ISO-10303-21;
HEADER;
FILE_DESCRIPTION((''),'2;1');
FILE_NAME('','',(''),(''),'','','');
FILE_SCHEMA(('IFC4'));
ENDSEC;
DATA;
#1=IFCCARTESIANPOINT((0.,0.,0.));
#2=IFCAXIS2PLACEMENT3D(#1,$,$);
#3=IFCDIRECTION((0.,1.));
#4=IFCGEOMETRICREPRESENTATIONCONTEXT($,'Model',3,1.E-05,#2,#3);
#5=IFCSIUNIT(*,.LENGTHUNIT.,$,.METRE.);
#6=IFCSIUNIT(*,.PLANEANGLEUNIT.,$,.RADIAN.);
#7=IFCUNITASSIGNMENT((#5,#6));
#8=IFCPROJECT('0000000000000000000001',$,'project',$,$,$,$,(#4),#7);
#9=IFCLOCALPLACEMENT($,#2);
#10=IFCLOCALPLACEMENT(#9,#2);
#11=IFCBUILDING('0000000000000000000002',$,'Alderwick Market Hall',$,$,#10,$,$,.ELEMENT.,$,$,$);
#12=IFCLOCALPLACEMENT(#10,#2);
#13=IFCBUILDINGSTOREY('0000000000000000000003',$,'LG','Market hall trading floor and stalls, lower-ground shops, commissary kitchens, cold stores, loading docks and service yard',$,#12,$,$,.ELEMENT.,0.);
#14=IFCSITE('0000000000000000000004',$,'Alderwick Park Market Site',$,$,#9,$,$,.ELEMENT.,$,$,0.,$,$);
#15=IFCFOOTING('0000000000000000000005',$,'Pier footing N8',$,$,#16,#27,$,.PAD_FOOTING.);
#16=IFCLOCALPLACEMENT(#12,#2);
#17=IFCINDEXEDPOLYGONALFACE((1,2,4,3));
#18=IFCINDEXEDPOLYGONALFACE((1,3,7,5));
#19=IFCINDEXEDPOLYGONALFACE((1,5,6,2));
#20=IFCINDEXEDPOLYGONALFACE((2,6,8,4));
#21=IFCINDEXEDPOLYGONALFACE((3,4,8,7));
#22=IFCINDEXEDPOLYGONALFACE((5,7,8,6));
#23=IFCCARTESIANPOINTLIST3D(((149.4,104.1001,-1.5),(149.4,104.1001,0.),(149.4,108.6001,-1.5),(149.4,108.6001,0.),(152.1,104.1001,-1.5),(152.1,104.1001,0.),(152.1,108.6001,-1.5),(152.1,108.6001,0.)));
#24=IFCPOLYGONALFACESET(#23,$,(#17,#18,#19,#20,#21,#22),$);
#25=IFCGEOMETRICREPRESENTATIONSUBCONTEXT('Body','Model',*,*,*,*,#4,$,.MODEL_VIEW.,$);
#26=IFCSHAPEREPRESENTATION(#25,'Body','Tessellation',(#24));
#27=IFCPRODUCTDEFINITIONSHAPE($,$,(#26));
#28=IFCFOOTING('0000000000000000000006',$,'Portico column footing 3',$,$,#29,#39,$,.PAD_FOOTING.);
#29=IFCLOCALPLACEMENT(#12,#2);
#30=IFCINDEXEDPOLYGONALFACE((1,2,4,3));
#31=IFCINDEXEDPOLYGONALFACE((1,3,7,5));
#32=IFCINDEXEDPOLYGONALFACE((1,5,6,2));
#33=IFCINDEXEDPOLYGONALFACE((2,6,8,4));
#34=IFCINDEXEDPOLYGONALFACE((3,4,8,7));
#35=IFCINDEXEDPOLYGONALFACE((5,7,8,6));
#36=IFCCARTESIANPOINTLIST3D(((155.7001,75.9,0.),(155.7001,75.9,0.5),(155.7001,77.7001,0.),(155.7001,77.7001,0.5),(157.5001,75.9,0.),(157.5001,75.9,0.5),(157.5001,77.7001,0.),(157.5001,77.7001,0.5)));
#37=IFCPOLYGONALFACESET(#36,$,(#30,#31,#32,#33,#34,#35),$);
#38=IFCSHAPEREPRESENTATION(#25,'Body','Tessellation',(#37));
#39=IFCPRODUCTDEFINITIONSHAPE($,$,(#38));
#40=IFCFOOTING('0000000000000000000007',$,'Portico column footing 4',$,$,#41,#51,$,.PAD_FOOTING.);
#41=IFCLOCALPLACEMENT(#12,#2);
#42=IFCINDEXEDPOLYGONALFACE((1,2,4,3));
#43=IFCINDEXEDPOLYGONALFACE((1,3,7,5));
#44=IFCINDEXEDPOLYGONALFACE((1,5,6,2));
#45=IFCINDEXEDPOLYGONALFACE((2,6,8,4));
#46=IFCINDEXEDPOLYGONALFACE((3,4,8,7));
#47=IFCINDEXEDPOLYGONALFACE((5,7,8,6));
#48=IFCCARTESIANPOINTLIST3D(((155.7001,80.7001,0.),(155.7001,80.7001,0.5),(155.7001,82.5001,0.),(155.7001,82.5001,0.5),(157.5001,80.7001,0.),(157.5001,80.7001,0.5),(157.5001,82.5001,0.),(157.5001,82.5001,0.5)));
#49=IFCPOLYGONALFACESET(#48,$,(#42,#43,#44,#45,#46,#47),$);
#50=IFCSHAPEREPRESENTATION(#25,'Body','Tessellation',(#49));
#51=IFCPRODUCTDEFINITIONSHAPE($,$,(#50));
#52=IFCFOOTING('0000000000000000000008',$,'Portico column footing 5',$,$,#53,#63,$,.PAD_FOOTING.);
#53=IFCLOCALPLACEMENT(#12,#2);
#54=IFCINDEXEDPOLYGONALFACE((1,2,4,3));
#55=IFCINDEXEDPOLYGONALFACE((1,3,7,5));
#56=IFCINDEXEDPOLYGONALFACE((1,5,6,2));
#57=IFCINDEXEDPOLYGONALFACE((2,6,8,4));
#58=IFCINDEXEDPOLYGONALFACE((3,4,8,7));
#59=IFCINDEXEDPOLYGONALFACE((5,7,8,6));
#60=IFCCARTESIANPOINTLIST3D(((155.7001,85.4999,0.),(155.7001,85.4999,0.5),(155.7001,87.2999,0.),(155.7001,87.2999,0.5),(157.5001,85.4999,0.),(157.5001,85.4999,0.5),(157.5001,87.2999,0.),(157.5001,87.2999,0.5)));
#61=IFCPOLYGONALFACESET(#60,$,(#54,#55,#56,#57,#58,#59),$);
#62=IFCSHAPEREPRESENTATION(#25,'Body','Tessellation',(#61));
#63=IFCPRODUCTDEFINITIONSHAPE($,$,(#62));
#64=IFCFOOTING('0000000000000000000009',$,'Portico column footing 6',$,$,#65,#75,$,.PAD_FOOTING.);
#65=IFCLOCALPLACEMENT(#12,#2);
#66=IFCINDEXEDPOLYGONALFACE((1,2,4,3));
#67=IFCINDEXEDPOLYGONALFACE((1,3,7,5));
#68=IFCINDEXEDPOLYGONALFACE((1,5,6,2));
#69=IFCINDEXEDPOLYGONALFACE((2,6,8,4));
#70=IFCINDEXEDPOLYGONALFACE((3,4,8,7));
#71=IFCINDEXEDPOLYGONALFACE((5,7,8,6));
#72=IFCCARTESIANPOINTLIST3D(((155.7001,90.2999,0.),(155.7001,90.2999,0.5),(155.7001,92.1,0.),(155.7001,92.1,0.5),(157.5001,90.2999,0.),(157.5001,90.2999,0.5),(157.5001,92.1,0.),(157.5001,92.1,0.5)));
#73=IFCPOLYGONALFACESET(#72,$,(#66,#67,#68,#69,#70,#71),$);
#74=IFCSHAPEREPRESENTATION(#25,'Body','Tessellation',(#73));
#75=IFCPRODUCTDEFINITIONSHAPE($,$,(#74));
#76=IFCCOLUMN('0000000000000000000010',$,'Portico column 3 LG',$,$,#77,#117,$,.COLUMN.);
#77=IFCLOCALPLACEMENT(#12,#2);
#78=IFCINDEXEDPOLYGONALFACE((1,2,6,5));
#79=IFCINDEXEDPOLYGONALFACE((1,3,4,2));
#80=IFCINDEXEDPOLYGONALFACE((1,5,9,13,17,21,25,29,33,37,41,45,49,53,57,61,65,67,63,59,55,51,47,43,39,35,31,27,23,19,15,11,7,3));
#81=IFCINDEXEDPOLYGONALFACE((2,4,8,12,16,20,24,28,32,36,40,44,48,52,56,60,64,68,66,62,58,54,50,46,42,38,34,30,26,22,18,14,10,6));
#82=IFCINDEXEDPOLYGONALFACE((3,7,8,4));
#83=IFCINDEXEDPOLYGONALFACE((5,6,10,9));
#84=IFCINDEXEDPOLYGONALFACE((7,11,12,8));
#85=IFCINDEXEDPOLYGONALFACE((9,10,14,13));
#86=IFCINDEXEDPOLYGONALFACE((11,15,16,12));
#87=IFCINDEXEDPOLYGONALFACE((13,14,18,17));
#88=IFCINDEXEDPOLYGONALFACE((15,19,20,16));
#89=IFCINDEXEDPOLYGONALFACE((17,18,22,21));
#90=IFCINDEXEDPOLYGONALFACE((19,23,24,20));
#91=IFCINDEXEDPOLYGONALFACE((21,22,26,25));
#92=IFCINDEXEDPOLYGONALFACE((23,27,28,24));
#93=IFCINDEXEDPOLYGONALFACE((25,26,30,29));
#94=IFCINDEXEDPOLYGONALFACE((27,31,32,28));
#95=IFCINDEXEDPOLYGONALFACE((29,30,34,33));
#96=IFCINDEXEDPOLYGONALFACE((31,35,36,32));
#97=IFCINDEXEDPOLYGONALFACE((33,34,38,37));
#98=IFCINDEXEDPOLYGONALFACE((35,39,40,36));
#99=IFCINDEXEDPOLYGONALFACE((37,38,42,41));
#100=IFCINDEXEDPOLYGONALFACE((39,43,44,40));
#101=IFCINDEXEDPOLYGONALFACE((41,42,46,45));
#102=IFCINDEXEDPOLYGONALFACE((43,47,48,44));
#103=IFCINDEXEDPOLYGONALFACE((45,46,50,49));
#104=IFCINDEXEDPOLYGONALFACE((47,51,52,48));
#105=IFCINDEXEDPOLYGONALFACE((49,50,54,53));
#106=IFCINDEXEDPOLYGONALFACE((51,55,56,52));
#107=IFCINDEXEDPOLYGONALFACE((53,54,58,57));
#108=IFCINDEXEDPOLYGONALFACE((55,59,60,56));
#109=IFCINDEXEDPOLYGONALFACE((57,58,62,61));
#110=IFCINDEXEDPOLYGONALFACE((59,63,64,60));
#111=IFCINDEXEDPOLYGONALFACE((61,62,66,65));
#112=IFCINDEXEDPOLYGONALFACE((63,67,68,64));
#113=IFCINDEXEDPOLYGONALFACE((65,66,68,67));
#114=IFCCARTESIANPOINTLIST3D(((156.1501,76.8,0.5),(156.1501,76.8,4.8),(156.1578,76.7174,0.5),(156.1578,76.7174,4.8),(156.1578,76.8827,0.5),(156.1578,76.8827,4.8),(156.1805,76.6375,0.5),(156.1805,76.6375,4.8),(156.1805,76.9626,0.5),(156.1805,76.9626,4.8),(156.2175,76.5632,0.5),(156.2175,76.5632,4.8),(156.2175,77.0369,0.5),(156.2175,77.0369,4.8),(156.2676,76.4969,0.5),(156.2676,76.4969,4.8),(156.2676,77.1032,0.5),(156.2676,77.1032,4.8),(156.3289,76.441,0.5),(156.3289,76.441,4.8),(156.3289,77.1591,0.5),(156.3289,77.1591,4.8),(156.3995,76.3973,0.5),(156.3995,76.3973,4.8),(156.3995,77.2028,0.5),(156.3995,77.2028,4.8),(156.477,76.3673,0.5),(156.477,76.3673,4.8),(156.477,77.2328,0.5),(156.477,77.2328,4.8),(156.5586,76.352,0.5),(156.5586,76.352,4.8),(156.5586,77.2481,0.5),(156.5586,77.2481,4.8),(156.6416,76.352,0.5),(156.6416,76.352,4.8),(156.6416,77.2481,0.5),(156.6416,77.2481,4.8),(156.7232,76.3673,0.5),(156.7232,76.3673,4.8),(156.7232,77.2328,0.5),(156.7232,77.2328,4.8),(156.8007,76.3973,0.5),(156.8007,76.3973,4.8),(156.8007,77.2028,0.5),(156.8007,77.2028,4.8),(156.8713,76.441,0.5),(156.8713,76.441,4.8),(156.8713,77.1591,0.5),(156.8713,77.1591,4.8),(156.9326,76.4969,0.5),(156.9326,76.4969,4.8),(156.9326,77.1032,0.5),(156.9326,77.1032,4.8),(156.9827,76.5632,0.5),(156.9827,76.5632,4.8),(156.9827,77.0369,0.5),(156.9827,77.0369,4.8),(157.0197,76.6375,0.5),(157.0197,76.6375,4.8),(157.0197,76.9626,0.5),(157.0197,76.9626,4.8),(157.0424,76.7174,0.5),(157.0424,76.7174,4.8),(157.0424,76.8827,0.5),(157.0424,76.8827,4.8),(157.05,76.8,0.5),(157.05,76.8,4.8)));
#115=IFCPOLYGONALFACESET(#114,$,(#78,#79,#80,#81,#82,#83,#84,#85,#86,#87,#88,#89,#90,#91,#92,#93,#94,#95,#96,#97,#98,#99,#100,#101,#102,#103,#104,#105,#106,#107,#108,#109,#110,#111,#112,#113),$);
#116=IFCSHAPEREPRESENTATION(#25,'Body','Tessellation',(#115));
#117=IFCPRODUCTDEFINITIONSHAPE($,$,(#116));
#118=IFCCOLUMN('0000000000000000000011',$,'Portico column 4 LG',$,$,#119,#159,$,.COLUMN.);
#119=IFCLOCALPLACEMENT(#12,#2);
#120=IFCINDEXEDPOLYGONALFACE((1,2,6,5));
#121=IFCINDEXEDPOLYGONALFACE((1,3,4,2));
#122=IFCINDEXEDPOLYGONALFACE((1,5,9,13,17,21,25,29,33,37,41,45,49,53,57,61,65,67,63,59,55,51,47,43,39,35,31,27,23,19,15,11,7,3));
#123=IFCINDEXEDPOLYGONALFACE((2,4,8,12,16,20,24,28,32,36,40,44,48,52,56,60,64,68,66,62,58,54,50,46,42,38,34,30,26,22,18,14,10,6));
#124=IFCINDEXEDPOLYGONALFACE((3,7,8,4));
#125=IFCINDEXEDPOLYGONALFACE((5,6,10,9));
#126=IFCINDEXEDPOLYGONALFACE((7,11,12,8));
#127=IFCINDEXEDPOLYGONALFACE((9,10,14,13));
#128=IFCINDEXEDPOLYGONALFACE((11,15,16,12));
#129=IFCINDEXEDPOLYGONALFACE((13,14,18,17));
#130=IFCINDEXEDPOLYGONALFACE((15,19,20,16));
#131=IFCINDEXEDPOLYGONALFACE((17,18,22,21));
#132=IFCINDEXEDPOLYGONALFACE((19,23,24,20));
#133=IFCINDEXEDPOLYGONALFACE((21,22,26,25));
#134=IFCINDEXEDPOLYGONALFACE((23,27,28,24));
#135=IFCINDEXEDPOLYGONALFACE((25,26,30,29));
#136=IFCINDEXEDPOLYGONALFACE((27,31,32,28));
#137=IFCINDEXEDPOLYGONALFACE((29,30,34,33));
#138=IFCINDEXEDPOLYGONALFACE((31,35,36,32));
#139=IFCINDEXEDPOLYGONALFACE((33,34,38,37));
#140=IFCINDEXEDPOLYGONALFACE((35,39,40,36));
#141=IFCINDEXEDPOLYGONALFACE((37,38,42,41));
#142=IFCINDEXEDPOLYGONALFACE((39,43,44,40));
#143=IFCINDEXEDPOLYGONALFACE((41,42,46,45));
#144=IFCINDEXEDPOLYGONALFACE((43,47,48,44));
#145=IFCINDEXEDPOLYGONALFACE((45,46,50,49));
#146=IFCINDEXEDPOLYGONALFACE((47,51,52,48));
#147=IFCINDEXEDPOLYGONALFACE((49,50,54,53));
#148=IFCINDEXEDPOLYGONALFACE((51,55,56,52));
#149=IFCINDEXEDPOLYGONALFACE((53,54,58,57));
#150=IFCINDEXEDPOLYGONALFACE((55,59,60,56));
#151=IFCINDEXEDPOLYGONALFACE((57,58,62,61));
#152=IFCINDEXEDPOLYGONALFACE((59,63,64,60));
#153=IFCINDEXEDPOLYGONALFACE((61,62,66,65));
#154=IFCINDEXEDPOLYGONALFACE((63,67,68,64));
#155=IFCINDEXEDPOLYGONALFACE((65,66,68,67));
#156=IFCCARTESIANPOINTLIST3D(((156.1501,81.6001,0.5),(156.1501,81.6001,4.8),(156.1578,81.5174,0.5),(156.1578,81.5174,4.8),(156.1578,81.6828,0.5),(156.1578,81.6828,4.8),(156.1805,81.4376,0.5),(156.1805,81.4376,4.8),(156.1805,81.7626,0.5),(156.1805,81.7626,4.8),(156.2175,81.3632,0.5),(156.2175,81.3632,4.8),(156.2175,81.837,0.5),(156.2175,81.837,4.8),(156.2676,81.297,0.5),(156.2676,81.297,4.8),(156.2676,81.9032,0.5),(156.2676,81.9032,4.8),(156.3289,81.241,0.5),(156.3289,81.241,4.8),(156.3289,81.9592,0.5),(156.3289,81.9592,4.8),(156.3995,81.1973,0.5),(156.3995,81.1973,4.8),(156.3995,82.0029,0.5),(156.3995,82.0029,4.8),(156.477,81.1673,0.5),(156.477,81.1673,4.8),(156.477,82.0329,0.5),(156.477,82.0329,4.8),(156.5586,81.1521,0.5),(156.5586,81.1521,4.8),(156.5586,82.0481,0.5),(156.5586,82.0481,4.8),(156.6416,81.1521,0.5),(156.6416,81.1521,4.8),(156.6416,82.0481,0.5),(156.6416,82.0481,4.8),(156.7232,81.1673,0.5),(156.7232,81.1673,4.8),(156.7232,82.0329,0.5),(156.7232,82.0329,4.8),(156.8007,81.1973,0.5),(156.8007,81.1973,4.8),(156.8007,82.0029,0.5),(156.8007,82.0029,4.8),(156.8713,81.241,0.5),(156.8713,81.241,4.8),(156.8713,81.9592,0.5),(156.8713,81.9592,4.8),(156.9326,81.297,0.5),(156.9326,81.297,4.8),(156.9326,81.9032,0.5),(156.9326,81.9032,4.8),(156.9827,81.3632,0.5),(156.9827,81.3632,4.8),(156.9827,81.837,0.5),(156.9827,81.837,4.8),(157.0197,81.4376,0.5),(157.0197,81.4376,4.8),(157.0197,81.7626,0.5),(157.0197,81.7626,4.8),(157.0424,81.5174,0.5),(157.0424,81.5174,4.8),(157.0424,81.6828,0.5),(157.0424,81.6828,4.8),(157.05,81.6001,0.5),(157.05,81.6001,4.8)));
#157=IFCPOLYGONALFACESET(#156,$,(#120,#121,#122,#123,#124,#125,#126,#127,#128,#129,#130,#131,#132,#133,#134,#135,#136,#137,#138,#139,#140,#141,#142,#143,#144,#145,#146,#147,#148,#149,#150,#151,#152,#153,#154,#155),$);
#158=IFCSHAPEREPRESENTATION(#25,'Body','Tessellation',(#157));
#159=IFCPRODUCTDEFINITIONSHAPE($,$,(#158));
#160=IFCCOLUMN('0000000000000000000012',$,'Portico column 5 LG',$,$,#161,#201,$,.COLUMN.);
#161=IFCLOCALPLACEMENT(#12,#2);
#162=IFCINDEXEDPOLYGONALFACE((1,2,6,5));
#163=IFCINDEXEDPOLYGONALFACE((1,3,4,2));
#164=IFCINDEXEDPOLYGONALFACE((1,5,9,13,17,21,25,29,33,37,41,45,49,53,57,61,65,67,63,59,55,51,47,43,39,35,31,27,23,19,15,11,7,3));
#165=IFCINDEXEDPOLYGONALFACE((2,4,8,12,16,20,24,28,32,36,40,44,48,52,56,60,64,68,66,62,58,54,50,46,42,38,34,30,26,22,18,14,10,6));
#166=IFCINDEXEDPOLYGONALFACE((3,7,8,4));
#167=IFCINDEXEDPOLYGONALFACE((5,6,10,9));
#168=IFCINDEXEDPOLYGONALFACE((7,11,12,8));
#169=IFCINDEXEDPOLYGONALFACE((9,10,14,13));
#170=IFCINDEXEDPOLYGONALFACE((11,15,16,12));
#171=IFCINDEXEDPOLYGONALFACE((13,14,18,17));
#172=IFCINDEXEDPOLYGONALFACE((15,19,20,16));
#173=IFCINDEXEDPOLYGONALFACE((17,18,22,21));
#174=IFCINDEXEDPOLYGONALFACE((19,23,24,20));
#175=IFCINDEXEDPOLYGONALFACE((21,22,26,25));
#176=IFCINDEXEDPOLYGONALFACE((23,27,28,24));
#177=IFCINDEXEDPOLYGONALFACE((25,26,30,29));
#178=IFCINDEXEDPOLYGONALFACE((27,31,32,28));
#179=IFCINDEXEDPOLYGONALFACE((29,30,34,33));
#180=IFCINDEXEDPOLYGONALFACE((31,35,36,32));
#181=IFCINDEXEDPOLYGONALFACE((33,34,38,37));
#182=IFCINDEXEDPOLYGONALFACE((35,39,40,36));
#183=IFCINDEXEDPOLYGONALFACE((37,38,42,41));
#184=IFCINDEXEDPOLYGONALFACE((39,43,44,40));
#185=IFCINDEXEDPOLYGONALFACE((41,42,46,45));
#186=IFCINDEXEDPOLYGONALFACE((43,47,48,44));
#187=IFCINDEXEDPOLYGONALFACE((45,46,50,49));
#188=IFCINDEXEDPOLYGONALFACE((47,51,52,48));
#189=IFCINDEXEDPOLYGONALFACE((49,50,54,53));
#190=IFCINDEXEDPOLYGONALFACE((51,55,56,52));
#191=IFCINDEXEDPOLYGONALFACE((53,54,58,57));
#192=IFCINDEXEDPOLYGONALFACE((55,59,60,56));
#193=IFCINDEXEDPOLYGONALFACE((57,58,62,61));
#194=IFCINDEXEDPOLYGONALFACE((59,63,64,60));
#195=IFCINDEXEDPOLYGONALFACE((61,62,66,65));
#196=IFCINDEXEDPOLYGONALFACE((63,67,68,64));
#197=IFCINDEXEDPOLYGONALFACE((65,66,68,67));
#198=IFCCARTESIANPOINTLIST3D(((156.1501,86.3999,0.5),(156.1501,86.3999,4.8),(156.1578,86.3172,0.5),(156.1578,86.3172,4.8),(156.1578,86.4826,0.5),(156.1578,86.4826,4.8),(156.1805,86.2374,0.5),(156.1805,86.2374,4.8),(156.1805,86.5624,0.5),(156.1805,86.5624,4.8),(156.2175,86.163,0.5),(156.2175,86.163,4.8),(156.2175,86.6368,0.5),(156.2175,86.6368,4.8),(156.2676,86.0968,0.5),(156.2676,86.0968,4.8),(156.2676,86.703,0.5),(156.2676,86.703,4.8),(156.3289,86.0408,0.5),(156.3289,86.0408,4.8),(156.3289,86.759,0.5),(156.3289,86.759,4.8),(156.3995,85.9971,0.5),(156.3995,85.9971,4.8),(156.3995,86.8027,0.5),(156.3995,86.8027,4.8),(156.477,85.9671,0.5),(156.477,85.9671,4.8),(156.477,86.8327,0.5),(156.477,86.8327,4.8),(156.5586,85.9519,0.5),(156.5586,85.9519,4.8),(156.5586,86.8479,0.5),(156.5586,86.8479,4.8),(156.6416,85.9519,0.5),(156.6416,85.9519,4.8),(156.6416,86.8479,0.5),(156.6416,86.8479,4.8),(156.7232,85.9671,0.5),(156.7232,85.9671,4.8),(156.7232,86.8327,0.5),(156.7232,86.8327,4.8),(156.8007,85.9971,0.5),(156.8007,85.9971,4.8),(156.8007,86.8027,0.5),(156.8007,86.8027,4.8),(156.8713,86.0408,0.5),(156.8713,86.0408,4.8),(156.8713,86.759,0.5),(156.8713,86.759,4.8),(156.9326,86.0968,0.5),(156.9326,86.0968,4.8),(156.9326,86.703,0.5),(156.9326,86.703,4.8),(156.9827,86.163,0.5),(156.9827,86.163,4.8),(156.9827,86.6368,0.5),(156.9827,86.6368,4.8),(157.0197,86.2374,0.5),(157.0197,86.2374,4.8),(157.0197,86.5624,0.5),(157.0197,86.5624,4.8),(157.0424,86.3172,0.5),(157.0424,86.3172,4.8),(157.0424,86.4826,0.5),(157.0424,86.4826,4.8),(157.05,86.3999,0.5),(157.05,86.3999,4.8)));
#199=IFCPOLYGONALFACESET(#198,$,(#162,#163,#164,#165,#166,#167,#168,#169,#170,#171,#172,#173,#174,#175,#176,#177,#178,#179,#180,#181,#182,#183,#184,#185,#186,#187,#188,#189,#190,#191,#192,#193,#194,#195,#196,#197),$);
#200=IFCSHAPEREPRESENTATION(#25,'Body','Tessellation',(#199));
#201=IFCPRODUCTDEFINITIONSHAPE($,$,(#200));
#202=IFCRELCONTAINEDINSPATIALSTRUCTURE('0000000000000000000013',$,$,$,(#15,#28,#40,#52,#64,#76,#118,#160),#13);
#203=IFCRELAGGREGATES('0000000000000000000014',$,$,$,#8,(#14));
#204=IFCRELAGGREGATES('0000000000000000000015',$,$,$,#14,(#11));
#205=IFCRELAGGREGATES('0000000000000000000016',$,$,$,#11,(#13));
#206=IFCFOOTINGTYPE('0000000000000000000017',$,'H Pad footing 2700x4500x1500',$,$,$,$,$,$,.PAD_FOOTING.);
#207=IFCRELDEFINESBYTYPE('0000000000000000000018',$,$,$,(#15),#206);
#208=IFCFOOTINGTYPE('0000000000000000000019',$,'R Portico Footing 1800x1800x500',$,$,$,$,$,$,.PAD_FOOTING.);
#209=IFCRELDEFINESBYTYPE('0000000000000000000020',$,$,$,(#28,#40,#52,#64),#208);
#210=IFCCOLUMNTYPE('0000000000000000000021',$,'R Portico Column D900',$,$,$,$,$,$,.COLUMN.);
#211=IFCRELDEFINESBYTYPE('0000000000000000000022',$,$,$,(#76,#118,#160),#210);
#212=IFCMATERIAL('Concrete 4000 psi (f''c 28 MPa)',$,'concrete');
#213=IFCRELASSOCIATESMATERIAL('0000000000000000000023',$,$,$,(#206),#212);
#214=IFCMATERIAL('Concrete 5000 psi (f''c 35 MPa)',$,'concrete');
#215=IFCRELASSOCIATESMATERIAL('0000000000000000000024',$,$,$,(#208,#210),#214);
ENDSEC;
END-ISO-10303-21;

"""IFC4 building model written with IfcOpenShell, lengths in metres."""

from ifc_helpers import new_model, si_unit, direction, frame, origin, origin_2d, place, context, subcontext, project, spatial, rectangle, circle, extrude, material, material_profile, profile_set, type_object, element, save


model = new_model("IFC4")

# Units and contexts
model_context = context("Model", 3, precision=1e-05, world=origin(), true_north=direction((0.0, 1.0)))
body_context = subcontext(model_context, "Body", "Model", "MODEL_VIEW")
ifc_project = project(units=[si_unit("LENGTHUNIT", "METRE"), si_unit("PLANEANGLEUNIT", "RADIAN")], contexts=[model_context])

# Site, building, storey
site_placement = place(None, origin())
site = spatial("IfcSite", under=ifc_project, at=site_placement, Name="Alderwick Park Market Site", CompositionType="ELEMENT", RefElevation=0.0)
building_placement = place(site_placement, origin())
building = spatial("IfcBuilding", under=site, at=building_placement, Name="Alderwick Market Hall", CompositionType="ELEMENT")
storey_placement = place(building_placement, origin())
storey = spatial("IfcBuildingStorey", under=building, at=storey_placement, Name="LG", Description="Market hall trading floor and stalls, lower-ground shops, commissary kitchens, cold stores, loading docks and service yard", CompositionType="ELEMENT", Elevation=0.0)

# Footings
ifc_material_1 = material(Name="Concrete 4000 psi (f'c 28 MPa)", Category="concrete")
footing_type_1 = type_object("IfcFootingType", Name="H Pad footing 2700x4500x1500", PredefinedType="PAD_FOOTING", material=ifc_material_1)
footing_placement = place(storey_placement, frame((150.75, 106.3501, -1.5), z_axis=(0.0, 0.0, 1.0), x_axis=(1.0, 0.0, 0.0)))
element("IfcFooting", 1, at=footing_placement, inside=storey, type_object=footing_type_1, Name="Pier footing N8", PredefinedType="PAD_FOOTING", context=body_context, shape_type="SweptSolid", body=[
    extrude(rectangle(XDim=2.7, YDim=4.5, at=origin_2d()), origin(), (0.0, 0.0, 1.0), 1.5),
])
ifc_material_2 = material(Name="Concrete 5000 psi (f'c 35 MPa)", Category="concrete")
footing_type_2 = type_object("IfcFootingType", Name="R Portico Footing 1800x1800x500", PredefinedType="PAD_FOOTING", material=ifc_material_2)
for number, where, z_axis, x_axis, name in (
    (2, (156.6001, 76.8, 0.0), (0.0, 0.0, 1.0), (1.0, 0.0, 0.0), "Portico column footing 3"),
    (3, (156.6001, 81.6001, 0.0), (0.0, 0.0, 1.0), (1.0, 0.0, 0.0), "Portico column footing 4"),
    (4, (156.6001, 86.3999, 0.0), (0.0, 0.0, 1.0), (1.0, 0.0, 0.0), "Portico column footing 5"),
    (5, (156.6001, 91.2, 0.0), (0.0, 0.0, 1.0), (1.0, 0.0, 0.0), "Portico column footing 6"),
):
    element("IfcFooting", number, at=place(storey_placement, frame(where, z_axis=z_axis, x_axis=x_axis)), inside=storey, type_object=footing_type_2, Name=name, PredefinedType="PAD_FOOTING", context=body_context, shape_type="SweptSolid", body=[
        extrude(rectangle(XDim=1.8, YDim=1.8, at=origin_2d()), origin(), (0.0, 0.0, 1.0), 0.5),
    ])

# Columns
ifc_material_profile = material_profile(ifc_material_2, circle(Radius=0.45, at=origin_2d()), Name="RC D900")
ifc_profile_set = profile_set([ifc_material_profile], Name="Concrete 5000 psi (f'c 35 MPa)")
column_type = type_object("IfcColumnType", Name="R Portico Column D900", PredefinedType="COLUMN", material=ifc_profile_set)
for number, where, z_axis, x_axis, name in (
    (6, (156.6001, 76.8, 0.5), (0.0, 0.0, 1.0), (1.0, 0.0, 0.0), "Portico column 3 LG"),
    (7, (156.6001, 81.6001, 0.5), (0.0, 0.0, 1.0), (1.0, 0.0, 0.0), "Portico column 4 LG"),
    (8, (156.6001, 86.3999, 0.5), (0.0, 0.0, 1.0), (1.0, 0.0, 0.0), "Portico column 5 LG"),
):
    element("IfcColumn", number, at=place(storey_placement, frame(where, z_axis=z_axis, x_axis=x_axis)), inside=storey, type_object=column_type, Name=name, PredefinedType="COLUMN", context=body_context, shape_type="SweptSolid", body=[
        extrude(circle(Radius=0.45, at=origin_2d()), origin(), (0.0, 0.0, 1.0), 4.3),
    ])

save(model, "model.ifc")
